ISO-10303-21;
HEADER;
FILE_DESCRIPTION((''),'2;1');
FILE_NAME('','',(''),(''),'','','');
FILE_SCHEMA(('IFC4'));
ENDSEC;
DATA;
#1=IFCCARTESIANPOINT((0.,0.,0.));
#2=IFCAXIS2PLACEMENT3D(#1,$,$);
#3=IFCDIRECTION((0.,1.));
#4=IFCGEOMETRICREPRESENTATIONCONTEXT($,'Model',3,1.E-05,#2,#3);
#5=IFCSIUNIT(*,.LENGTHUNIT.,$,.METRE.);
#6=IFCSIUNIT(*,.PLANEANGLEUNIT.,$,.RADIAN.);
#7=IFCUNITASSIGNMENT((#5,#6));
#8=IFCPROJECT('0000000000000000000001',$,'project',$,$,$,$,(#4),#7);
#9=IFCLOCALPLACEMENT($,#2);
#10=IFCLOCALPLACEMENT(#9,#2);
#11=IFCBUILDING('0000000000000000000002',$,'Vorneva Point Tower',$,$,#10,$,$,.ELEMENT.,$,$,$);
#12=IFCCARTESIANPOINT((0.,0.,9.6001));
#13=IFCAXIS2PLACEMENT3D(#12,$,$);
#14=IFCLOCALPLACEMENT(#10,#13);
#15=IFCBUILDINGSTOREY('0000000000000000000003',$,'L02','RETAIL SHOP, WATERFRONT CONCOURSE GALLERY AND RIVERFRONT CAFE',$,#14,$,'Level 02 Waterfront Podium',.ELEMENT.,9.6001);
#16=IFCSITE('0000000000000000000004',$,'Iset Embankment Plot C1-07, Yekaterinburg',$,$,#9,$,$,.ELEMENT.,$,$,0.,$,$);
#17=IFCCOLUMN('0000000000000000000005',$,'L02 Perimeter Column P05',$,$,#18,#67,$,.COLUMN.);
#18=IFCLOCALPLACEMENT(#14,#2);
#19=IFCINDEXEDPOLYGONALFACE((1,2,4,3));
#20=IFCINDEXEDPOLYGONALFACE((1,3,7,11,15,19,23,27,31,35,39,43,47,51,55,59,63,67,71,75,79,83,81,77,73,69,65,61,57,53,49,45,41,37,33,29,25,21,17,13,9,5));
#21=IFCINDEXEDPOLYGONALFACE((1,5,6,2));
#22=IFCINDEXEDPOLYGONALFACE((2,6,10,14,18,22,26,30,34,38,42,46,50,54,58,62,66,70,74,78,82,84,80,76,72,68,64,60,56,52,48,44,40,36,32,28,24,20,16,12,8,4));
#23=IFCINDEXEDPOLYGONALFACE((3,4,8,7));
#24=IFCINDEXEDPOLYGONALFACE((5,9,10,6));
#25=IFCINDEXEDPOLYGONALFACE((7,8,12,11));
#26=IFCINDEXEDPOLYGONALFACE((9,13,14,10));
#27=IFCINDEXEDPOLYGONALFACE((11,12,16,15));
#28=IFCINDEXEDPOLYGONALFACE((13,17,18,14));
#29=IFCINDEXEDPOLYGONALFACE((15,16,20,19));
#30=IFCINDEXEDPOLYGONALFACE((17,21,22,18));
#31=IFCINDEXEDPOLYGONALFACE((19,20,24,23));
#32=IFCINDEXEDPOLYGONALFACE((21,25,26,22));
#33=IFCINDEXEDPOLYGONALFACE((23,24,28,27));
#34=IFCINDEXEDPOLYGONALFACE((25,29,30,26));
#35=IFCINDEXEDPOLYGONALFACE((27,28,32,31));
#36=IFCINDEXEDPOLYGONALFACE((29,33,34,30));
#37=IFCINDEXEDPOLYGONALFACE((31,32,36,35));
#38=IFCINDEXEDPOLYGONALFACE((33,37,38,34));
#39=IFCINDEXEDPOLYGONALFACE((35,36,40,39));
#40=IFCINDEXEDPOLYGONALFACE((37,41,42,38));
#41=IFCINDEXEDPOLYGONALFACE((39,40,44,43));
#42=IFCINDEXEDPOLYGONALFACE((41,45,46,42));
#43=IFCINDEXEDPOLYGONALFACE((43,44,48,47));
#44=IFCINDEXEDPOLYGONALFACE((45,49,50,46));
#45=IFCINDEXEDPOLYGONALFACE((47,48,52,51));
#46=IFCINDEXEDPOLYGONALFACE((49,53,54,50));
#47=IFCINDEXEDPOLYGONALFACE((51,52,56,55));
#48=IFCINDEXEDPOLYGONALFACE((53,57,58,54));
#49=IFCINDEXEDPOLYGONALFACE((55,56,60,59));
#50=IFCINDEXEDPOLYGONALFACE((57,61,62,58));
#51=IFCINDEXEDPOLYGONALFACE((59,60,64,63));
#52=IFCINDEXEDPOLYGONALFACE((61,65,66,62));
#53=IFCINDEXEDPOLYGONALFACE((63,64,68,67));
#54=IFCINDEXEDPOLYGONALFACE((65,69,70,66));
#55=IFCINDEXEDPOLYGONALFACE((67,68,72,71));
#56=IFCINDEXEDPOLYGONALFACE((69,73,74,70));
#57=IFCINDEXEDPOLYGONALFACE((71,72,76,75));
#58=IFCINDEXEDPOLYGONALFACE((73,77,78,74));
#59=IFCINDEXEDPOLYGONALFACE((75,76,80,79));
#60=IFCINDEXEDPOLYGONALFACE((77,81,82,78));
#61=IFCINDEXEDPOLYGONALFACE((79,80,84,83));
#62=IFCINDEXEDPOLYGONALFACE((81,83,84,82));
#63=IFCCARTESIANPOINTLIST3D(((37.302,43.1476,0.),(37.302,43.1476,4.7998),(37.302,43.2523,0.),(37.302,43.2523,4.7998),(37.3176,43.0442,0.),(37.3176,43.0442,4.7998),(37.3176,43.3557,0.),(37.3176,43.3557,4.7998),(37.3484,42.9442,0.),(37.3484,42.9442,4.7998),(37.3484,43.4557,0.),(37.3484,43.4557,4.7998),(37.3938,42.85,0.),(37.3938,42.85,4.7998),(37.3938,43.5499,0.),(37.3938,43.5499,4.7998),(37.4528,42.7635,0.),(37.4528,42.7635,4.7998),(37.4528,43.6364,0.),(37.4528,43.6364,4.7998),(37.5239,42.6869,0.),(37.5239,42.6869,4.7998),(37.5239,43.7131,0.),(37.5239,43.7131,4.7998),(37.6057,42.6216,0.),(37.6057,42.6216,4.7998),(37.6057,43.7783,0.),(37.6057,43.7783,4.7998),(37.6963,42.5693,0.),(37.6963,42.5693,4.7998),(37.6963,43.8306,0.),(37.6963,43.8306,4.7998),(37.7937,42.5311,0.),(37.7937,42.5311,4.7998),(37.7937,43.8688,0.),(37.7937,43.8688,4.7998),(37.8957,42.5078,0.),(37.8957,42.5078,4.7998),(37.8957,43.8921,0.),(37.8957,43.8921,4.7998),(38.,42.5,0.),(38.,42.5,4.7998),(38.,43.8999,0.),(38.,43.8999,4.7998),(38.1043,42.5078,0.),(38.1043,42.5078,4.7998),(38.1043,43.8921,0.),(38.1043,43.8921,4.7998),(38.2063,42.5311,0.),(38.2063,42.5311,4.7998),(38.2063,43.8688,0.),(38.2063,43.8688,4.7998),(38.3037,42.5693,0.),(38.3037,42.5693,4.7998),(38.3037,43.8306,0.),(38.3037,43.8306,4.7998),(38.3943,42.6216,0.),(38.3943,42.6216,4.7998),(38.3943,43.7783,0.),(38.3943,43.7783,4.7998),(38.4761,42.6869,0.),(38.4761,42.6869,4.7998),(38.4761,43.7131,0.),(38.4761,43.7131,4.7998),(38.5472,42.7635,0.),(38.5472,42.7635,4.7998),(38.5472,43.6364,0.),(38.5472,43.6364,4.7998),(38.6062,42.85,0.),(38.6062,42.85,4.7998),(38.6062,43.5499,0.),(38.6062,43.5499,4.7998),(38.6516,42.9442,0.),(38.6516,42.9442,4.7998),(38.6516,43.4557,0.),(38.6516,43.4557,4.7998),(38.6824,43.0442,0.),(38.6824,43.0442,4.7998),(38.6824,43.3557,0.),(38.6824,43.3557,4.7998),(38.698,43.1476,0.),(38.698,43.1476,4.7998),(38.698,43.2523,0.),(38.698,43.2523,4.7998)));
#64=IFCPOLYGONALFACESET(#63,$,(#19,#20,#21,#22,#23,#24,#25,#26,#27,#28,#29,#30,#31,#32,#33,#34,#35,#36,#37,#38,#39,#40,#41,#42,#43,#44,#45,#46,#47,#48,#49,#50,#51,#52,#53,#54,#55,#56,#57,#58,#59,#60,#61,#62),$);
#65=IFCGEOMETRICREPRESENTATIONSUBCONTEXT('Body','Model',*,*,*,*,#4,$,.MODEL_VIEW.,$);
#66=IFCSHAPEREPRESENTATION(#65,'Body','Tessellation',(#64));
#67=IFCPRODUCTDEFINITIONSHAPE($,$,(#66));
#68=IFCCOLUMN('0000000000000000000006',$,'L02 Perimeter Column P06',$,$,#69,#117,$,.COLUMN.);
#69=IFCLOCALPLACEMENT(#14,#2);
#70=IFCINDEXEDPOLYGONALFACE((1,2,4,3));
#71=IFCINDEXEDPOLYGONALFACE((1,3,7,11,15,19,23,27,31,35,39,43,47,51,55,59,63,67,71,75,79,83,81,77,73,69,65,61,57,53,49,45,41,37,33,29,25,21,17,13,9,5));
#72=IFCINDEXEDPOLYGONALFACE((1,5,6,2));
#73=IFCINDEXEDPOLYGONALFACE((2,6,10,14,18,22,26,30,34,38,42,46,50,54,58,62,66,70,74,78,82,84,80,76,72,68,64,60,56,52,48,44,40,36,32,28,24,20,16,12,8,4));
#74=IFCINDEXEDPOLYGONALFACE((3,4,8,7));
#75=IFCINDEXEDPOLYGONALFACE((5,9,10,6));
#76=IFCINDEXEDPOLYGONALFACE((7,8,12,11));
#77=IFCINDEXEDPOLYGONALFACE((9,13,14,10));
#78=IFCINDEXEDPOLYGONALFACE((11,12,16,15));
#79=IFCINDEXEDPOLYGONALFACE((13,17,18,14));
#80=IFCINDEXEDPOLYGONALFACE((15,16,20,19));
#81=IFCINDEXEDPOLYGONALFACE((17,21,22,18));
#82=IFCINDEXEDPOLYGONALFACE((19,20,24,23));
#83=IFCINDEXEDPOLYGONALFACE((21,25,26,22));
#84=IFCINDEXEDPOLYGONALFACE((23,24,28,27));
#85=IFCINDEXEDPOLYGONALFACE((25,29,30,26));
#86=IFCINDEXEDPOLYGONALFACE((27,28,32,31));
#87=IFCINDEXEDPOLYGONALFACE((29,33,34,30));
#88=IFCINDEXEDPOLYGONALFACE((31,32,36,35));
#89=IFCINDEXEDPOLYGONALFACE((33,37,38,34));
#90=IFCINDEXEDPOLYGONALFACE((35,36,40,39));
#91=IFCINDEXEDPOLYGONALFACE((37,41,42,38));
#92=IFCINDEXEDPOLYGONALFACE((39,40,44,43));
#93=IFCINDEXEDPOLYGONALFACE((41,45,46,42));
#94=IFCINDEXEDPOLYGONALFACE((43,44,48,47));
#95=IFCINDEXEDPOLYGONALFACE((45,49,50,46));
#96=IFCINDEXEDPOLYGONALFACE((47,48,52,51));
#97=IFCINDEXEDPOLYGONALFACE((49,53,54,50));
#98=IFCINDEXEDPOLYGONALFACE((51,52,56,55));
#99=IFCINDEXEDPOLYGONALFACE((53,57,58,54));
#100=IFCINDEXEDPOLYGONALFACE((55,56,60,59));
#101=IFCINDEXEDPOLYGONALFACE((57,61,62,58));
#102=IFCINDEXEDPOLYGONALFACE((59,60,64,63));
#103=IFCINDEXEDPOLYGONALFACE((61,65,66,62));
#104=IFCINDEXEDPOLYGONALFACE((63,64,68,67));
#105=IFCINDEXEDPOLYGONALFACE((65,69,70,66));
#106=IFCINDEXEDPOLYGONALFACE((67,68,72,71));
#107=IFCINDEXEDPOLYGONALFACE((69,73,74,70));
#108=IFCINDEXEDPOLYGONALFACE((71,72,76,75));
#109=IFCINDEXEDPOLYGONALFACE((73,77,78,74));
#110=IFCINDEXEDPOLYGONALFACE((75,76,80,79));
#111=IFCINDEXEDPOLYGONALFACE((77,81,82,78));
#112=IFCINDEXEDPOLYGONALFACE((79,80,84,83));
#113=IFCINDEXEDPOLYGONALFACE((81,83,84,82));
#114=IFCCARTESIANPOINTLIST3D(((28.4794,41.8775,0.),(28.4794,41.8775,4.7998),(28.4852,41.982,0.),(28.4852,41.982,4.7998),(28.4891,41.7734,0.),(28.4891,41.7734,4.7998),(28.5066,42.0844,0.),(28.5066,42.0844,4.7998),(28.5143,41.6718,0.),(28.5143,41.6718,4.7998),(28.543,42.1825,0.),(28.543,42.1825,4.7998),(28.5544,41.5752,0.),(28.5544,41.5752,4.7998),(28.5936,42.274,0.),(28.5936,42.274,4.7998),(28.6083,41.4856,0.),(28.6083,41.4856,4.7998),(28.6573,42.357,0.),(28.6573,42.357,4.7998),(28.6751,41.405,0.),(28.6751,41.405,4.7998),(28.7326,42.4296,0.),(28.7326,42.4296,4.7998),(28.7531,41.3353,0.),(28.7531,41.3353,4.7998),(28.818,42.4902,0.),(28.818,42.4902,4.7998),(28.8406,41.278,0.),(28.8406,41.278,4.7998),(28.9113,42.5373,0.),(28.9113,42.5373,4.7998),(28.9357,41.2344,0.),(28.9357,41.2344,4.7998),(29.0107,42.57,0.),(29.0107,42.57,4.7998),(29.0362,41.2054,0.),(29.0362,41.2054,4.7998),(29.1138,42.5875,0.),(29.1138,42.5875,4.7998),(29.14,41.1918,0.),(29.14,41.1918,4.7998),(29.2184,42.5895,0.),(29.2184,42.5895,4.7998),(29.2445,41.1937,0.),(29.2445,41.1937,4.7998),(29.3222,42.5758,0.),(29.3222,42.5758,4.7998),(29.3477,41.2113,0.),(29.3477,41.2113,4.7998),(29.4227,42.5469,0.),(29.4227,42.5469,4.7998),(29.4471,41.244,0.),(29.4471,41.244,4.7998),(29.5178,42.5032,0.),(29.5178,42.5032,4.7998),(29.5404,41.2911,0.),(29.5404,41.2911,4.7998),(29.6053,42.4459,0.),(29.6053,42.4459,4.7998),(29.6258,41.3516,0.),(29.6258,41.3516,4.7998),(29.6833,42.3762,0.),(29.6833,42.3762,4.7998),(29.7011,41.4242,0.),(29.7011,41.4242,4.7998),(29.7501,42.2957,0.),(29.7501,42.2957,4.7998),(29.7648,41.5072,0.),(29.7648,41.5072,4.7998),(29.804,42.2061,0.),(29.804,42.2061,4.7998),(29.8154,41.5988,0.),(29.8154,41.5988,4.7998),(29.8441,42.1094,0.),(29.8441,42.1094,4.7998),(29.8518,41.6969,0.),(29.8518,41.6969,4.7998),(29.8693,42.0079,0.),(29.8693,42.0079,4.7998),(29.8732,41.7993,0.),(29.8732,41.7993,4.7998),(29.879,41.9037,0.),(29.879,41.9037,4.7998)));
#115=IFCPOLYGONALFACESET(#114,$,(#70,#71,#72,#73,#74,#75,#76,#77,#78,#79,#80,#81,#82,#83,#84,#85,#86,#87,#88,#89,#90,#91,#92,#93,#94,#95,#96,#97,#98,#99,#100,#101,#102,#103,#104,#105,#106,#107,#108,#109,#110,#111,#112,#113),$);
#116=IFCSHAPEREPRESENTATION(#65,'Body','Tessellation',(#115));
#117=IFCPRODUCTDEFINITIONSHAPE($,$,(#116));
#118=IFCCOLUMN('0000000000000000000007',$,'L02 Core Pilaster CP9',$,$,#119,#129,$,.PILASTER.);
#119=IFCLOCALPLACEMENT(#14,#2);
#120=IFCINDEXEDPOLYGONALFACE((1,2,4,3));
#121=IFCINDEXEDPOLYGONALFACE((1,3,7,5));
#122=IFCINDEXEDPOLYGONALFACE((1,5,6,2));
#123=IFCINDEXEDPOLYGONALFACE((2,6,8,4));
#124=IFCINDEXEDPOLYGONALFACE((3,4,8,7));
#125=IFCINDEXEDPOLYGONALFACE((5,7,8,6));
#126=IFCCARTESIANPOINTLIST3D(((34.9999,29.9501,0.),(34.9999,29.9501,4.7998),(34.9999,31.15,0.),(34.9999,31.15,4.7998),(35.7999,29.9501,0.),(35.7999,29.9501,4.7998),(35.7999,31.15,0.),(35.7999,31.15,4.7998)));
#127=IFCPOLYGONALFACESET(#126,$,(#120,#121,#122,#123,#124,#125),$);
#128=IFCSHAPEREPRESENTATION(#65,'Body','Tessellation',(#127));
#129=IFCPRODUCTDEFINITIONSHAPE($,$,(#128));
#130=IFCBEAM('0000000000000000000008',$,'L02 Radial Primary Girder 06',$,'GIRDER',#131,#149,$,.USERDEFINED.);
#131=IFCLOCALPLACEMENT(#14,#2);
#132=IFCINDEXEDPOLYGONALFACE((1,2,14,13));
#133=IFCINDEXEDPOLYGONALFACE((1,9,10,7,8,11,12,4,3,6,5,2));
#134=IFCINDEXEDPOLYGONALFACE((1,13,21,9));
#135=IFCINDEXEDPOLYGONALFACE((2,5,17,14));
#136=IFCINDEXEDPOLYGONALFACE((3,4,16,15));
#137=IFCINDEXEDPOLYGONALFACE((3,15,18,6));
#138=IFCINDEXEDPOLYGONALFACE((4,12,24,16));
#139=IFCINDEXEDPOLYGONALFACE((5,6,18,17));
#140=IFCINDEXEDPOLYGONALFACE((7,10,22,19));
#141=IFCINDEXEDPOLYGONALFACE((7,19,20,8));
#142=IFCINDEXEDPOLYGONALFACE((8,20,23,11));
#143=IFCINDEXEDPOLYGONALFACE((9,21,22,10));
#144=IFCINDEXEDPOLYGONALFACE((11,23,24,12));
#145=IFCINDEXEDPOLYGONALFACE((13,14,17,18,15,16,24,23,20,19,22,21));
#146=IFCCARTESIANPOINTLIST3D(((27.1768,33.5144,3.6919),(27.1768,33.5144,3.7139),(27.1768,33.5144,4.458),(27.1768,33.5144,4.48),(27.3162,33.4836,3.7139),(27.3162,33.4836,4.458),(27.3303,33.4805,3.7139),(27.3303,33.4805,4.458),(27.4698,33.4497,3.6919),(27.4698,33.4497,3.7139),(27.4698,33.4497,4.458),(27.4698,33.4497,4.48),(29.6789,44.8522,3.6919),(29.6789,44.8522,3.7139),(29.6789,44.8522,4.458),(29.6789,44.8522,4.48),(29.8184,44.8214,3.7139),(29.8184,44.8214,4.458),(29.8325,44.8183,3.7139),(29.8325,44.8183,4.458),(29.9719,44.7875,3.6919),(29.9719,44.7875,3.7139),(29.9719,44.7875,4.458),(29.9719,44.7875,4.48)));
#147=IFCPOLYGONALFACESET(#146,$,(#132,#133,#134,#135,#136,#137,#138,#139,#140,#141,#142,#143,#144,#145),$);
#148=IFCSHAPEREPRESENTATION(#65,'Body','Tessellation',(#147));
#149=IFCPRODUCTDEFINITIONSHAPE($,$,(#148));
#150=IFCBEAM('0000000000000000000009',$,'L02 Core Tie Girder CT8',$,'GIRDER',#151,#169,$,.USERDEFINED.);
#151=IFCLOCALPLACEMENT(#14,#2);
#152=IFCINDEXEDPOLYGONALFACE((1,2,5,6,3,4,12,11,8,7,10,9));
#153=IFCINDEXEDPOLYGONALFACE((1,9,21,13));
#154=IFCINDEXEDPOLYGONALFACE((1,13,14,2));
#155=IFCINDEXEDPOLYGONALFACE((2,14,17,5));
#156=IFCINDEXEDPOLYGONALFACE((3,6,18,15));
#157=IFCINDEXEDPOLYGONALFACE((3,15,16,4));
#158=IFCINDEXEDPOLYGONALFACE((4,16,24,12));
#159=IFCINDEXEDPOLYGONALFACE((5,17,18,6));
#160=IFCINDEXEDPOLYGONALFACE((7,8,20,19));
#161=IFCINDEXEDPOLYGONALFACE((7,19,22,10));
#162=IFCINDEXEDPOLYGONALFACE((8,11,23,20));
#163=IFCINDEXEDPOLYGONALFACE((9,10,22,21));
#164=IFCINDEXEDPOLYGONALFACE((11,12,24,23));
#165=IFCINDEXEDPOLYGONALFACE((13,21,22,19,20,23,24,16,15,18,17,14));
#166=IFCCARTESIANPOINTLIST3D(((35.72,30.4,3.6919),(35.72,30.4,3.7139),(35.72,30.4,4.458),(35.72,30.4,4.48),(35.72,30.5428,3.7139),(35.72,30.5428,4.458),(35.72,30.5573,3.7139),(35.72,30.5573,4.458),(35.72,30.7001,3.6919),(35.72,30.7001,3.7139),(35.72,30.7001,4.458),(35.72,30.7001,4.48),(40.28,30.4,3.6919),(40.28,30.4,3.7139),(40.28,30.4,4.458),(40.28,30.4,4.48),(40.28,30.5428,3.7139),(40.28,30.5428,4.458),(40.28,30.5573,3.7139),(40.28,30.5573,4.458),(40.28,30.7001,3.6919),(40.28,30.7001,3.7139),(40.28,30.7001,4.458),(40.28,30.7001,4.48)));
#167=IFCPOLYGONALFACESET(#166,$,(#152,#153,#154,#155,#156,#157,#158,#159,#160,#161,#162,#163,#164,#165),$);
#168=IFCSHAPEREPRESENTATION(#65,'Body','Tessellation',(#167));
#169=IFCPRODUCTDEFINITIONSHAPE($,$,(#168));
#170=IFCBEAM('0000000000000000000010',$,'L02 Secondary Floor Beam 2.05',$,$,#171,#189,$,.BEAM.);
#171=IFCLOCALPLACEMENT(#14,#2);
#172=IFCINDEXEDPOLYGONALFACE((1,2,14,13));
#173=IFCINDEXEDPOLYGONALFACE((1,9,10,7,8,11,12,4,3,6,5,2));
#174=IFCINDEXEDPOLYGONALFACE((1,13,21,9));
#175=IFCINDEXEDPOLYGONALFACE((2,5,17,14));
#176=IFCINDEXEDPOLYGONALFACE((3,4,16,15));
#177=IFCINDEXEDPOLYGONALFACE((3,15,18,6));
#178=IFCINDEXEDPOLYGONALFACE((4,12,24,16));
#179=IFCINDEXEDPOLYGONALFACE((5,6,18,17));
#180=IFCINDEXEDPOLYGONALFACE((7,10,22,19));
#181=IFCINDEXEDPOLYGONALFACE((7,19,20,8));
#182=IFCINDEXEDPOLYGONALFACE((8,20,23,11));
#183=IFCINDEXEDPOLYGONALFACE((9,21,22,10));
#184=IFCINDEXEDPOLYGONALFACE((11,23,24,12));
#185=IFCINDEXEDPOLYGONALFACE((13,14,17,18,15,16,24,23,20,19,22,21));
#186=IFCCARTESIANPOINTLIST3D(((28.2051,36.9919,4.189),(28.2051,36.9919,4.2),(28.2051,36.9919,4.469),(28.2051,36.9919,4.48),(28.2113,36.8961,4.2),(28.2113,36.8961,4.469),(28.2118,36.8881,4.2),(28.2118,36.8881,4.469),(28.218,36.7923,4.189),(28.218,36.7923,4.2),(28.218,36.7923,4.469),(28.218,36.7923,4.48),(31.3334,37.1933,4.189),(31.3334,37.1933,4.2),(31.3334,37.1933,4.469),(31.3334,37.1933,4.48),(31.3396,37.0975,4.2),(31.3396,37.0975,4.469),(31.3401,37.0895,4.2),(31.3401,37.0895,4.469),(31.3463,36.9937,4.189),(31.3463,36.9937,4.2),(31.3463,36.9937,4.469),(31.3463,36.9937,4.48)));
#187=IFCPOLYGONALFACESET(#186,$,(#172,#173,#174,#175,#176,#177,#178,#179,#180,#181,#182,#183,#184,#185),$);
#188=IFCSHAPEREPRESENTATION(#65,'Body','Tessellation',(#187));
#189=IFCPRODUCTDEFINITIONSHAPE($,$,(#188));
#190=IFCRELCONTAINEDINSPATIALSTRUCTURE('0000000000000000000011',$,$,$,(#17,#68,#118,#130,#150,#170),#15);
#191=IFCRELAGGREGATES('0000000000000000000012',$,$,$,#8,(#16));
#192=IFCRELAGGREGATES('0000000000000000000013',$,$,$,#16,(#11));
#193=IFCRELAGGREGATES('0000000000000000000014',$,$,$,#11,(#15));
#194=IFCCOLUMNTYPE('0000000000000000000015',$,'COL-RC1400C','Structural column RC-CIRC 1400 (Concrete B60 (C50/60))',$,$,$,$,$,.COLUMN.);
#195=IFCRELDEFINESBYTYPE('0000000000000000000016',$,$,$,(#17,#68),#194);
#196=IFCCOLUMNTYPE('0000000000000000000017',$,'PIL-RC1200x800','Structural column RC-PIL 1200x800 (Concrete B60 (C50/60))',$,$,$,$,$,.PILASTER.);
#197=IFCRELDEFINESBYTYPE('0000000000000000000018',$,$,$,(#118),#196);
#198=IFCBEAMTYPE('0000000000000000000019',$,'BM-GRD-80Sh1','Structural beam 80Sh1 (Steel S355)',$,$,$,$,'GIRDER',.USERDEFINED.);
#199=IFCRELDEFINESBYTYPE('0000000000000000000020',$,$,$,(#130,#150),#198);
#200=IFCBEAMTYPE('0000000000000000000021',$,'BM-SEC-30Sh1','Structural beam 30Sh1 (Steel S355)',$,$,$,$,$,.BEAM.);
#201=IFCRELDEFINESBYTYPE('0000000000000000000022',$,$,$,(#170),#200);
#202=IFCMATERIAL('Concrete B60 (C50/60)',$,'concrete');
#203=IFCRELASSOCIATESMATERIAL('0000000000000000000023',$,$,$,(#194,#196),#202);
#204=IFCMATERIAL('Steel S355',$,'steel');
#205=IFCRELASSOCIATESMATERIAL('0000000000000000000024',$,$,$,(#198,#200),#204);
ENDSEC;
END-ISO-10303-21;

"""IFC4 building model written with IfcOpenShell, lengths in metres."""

from ifc_helpers import new_model, si_unit, direction, frame, origin, origin_2d, place, context, subcontext, project, spatial, rectangle, circle, i_section, extrude, material, material_profile, profile_set, type_object, element, save


model = new_model("IFC4")

# Units and contexts
model_context = context("Model", 3, precision=1e-05, world=origin(), true_north=direction((0.0, 1.0)))
body_context = subcontext(model_context, "Body", "Model", "MODEL_VIEW")
ifc_project = project(units=[si_unit("LENGTHUNIT", "METRE"), si_unit("PLANEANGLEUNIT", "RADIAN")], contexts=[model_context])

# Site, building, storey
site_placement = place(None, origin())
site = spatial("IfcSite", under=ifc_project, at=site_placement, Name="Iset Embankment Plot C1-07, Yekaterinburg", CompositionType="ELEMENT", RefElevation=0.0)
building_placement = place(site_placement, origin())
building = spatial("IfcBuilding", under=site, at=building_placement, Name="Vorneva Point Tower", CompositionType="ELEMENT")
storey_placement = place(building_placement, frame((0.0, 0.0, 9.6001)))
storey = spatial("IfcBuildingStorey", under=building, at=storey_placement, Name="L02", Description="RETAIL SHOP, WATERFRONT CONCOURSE GALLERY AND RIVERFRONT CAFE", LongName="Level 02 Waterfront Podium", CompositionType="ELEMENT", Elevation=9.6001)

# Columns
ifc_material_1 = material(Name="Concrete B60 (C50/60)", Category="concrete")
ifc_material_profile_1 = material_profile(ifc_material_1, circle(Radius=0.7, at=origin_2d()), Name="RC-CIRC 1400")
ifc_profile_set_1 = profile_set([ifc_material_profile_1], Name="Concrete B60 (C50/60)")
column_type_1 = type_object("IfcColumnType", Name="COL-RC1400C", Description="Structural column RC-CIRC 1400 (Concrete B60 (C50/60))", PredefinedType="COLUMN", material=ifc_profile_set_1)
for number, where, z_axis, x_axis, name in (
    (1, (38.0, 43.2, 0.0), (0.0, 0.0, 1.0), (0.0, 1.0, 0.0), "L02 Perimeter Column P05"),
    (2, (29.1792, 41.8906, 0.0), (0.0, 0.0, 1.0), (-0.382683, 0.92388, 0.0), "L02 Perimeter Column P06"),
):
    element("IfcColumn", number, at=place(storey_placement, frame(where, z_axis=z_axis, x_axis=x_axis)), inside=storey, type_object=column_type_1, Name=name, PredefinedType="COLUMN", context=body_context, shape_type="SweptSolid", body=[
        extrude(circle(Radius=0.7, at=origin_2d()), origin(), (0.0, 0.0, 1.0), 4.7998),
    ])
ifc_material_profile_2 = material_profile(ifc_material_1, rectangle(XDim=0.8, YDim=1.2, at=origin_2d()), Name="RC-PIL 1200x800")
ifc_profile_set_2 = profile_set([ifc_material_profile_2], Name="Concrete B60 (C50/60)")
column_type_2 = type_object("IfcColumnType", Name="PIL-RC1200x800", Description="Structural column RC-PIL 1200x800 (Concrete B60 (C50/60))", PredefinedType="PILASTER", material=ifc_profile_set_2)
column_placement = place(storey_placement, frame((35.3999, 30.55, 0.0), z_axis=(0.0, 0.0, 1.0), x_axis=(1.0, 0.0, 0.0)))
element("IfcColumn", 3, at=column_placement, inside=storey, type_object=column_type_2, Name="L02 Core Pilaster CP9", PredefinedType="PILASTER", context=body_context, shape_type="SweptSolid", body=[
    extrude(rectangle(XDim=0.8, YDim=1.2, at=origin_2d()), origin(), (0.0, 0.0, 1.0), 4.7998),
])

# Beams
ifc_material_2 = material(Name="Steel S355", Category="steel")
ifc_material_profile_3 = material_profile(ifc_material_2, i_section(OverallWidth=0.3, OverallDepth=0.7881, WebThickness=0.0144, FlangeThickness=0.022, at=origin_2d()), Name="80Sh1")
ifc_profile_set_3 = profile_set([ifc_material_profile_3], Name="Steel S355")
beam_type_1 = type_object("IfcBeamType", Name="BM-GRD-80Sh1", Description="Structural beam 80Sh1 (Steel S355)", ElementType="GIRDER", PredefinedType="USERDEFINED", material=ifc_profile_set_3)
beam_1_placement = place(storey_placement, frame((29.8254, 44.8198, 4.0859), z_axis=(-0.215508, -0.976502, 0.0), x_axis=(0.976502, -0.215508, 0.0)))
element("IfcBeam", 4, at=beam_1_placement, inside=storey, type_object=beam_type_1, Name="L02 Radial Primary Girder 06", ObjectType="GIRDER", PredefinedType="USERDEFINED", context=body_context, shape_type="SweptSolid", body=[
    extrude(i_section(OverallWidth=0.3, OverallDepth=0.7881, WebThickness=0.0144, FlangeThickness=0.022, at=origin_2d()), origin(), (0.0, 0.0, 1.0), 11.6106),
])
beam_2_placement = place(storey_placement, frame((35.72, 30.55, 4.0859), z_axis=(1.0, 0.0, 0.0), x_axis=(0.0, 1.0, 0.0)))
element("IfcBeam", 5, at=beam_2_placement, inside=storey, type_object=beam_type_1, Name="L02 Core Tie Girder CT8", ObjectType="GIRDER", PredefinedType="USERDEFINED", context=body_context, shape_type="SweptSolid", body=[
    extrude(i_section(OverallWidth=0.3, OverallDepth=0.7881, WebThickness=0.0144, FlangeThickness=0.022, at=origin_2d()), origin(), (0.0, 0.0, 1.0), 4.5601),
])
ifc_material_profile_4 = material_profile(ifc_material_2, i_section(OverallWidth=0.2, OverallDepth=0.291, WebThickness=0.0081, FlangeThickness=0.011, at=origin_2d()), Name="30Sh1")
ifc_profile_set_4 = profile_set([ifc_material_profile_4], Name="Steel S355")
beam_type_2 = type_object("IfcBeamType", Name="BM-SEC-30Sh1", Description="Structural beam 30Sh1 (Steel S355)", PredefinedType="BEAM", material=ifc_profile_set_4)
beam_3_placement = place(storey_placement, frame((31.3398, 37.0935, 4.3345), z_axis=(-0.997934, -0.064255, 0.0), x_axis=(0.064255, -0.997934, 0.0)))
element("IfcBeam", 6, at=beam_3_placement, inside=storey, type_object=beam_type_2, Name="L02 Secondary Floor Beam 2.05", PredefinedType="BEAM", context=body_context, shape_type="SweptSolid", body=[
    extrude(i_section(OverallWidth=0.2, OverallDepth=0.291, WebThickness=0.0081, FlangeThickness=0.011, at=origin_2d()), origin(), (0.0, 0.0, 1.0), 3.1348),
])

save(model, "model.ifc")
